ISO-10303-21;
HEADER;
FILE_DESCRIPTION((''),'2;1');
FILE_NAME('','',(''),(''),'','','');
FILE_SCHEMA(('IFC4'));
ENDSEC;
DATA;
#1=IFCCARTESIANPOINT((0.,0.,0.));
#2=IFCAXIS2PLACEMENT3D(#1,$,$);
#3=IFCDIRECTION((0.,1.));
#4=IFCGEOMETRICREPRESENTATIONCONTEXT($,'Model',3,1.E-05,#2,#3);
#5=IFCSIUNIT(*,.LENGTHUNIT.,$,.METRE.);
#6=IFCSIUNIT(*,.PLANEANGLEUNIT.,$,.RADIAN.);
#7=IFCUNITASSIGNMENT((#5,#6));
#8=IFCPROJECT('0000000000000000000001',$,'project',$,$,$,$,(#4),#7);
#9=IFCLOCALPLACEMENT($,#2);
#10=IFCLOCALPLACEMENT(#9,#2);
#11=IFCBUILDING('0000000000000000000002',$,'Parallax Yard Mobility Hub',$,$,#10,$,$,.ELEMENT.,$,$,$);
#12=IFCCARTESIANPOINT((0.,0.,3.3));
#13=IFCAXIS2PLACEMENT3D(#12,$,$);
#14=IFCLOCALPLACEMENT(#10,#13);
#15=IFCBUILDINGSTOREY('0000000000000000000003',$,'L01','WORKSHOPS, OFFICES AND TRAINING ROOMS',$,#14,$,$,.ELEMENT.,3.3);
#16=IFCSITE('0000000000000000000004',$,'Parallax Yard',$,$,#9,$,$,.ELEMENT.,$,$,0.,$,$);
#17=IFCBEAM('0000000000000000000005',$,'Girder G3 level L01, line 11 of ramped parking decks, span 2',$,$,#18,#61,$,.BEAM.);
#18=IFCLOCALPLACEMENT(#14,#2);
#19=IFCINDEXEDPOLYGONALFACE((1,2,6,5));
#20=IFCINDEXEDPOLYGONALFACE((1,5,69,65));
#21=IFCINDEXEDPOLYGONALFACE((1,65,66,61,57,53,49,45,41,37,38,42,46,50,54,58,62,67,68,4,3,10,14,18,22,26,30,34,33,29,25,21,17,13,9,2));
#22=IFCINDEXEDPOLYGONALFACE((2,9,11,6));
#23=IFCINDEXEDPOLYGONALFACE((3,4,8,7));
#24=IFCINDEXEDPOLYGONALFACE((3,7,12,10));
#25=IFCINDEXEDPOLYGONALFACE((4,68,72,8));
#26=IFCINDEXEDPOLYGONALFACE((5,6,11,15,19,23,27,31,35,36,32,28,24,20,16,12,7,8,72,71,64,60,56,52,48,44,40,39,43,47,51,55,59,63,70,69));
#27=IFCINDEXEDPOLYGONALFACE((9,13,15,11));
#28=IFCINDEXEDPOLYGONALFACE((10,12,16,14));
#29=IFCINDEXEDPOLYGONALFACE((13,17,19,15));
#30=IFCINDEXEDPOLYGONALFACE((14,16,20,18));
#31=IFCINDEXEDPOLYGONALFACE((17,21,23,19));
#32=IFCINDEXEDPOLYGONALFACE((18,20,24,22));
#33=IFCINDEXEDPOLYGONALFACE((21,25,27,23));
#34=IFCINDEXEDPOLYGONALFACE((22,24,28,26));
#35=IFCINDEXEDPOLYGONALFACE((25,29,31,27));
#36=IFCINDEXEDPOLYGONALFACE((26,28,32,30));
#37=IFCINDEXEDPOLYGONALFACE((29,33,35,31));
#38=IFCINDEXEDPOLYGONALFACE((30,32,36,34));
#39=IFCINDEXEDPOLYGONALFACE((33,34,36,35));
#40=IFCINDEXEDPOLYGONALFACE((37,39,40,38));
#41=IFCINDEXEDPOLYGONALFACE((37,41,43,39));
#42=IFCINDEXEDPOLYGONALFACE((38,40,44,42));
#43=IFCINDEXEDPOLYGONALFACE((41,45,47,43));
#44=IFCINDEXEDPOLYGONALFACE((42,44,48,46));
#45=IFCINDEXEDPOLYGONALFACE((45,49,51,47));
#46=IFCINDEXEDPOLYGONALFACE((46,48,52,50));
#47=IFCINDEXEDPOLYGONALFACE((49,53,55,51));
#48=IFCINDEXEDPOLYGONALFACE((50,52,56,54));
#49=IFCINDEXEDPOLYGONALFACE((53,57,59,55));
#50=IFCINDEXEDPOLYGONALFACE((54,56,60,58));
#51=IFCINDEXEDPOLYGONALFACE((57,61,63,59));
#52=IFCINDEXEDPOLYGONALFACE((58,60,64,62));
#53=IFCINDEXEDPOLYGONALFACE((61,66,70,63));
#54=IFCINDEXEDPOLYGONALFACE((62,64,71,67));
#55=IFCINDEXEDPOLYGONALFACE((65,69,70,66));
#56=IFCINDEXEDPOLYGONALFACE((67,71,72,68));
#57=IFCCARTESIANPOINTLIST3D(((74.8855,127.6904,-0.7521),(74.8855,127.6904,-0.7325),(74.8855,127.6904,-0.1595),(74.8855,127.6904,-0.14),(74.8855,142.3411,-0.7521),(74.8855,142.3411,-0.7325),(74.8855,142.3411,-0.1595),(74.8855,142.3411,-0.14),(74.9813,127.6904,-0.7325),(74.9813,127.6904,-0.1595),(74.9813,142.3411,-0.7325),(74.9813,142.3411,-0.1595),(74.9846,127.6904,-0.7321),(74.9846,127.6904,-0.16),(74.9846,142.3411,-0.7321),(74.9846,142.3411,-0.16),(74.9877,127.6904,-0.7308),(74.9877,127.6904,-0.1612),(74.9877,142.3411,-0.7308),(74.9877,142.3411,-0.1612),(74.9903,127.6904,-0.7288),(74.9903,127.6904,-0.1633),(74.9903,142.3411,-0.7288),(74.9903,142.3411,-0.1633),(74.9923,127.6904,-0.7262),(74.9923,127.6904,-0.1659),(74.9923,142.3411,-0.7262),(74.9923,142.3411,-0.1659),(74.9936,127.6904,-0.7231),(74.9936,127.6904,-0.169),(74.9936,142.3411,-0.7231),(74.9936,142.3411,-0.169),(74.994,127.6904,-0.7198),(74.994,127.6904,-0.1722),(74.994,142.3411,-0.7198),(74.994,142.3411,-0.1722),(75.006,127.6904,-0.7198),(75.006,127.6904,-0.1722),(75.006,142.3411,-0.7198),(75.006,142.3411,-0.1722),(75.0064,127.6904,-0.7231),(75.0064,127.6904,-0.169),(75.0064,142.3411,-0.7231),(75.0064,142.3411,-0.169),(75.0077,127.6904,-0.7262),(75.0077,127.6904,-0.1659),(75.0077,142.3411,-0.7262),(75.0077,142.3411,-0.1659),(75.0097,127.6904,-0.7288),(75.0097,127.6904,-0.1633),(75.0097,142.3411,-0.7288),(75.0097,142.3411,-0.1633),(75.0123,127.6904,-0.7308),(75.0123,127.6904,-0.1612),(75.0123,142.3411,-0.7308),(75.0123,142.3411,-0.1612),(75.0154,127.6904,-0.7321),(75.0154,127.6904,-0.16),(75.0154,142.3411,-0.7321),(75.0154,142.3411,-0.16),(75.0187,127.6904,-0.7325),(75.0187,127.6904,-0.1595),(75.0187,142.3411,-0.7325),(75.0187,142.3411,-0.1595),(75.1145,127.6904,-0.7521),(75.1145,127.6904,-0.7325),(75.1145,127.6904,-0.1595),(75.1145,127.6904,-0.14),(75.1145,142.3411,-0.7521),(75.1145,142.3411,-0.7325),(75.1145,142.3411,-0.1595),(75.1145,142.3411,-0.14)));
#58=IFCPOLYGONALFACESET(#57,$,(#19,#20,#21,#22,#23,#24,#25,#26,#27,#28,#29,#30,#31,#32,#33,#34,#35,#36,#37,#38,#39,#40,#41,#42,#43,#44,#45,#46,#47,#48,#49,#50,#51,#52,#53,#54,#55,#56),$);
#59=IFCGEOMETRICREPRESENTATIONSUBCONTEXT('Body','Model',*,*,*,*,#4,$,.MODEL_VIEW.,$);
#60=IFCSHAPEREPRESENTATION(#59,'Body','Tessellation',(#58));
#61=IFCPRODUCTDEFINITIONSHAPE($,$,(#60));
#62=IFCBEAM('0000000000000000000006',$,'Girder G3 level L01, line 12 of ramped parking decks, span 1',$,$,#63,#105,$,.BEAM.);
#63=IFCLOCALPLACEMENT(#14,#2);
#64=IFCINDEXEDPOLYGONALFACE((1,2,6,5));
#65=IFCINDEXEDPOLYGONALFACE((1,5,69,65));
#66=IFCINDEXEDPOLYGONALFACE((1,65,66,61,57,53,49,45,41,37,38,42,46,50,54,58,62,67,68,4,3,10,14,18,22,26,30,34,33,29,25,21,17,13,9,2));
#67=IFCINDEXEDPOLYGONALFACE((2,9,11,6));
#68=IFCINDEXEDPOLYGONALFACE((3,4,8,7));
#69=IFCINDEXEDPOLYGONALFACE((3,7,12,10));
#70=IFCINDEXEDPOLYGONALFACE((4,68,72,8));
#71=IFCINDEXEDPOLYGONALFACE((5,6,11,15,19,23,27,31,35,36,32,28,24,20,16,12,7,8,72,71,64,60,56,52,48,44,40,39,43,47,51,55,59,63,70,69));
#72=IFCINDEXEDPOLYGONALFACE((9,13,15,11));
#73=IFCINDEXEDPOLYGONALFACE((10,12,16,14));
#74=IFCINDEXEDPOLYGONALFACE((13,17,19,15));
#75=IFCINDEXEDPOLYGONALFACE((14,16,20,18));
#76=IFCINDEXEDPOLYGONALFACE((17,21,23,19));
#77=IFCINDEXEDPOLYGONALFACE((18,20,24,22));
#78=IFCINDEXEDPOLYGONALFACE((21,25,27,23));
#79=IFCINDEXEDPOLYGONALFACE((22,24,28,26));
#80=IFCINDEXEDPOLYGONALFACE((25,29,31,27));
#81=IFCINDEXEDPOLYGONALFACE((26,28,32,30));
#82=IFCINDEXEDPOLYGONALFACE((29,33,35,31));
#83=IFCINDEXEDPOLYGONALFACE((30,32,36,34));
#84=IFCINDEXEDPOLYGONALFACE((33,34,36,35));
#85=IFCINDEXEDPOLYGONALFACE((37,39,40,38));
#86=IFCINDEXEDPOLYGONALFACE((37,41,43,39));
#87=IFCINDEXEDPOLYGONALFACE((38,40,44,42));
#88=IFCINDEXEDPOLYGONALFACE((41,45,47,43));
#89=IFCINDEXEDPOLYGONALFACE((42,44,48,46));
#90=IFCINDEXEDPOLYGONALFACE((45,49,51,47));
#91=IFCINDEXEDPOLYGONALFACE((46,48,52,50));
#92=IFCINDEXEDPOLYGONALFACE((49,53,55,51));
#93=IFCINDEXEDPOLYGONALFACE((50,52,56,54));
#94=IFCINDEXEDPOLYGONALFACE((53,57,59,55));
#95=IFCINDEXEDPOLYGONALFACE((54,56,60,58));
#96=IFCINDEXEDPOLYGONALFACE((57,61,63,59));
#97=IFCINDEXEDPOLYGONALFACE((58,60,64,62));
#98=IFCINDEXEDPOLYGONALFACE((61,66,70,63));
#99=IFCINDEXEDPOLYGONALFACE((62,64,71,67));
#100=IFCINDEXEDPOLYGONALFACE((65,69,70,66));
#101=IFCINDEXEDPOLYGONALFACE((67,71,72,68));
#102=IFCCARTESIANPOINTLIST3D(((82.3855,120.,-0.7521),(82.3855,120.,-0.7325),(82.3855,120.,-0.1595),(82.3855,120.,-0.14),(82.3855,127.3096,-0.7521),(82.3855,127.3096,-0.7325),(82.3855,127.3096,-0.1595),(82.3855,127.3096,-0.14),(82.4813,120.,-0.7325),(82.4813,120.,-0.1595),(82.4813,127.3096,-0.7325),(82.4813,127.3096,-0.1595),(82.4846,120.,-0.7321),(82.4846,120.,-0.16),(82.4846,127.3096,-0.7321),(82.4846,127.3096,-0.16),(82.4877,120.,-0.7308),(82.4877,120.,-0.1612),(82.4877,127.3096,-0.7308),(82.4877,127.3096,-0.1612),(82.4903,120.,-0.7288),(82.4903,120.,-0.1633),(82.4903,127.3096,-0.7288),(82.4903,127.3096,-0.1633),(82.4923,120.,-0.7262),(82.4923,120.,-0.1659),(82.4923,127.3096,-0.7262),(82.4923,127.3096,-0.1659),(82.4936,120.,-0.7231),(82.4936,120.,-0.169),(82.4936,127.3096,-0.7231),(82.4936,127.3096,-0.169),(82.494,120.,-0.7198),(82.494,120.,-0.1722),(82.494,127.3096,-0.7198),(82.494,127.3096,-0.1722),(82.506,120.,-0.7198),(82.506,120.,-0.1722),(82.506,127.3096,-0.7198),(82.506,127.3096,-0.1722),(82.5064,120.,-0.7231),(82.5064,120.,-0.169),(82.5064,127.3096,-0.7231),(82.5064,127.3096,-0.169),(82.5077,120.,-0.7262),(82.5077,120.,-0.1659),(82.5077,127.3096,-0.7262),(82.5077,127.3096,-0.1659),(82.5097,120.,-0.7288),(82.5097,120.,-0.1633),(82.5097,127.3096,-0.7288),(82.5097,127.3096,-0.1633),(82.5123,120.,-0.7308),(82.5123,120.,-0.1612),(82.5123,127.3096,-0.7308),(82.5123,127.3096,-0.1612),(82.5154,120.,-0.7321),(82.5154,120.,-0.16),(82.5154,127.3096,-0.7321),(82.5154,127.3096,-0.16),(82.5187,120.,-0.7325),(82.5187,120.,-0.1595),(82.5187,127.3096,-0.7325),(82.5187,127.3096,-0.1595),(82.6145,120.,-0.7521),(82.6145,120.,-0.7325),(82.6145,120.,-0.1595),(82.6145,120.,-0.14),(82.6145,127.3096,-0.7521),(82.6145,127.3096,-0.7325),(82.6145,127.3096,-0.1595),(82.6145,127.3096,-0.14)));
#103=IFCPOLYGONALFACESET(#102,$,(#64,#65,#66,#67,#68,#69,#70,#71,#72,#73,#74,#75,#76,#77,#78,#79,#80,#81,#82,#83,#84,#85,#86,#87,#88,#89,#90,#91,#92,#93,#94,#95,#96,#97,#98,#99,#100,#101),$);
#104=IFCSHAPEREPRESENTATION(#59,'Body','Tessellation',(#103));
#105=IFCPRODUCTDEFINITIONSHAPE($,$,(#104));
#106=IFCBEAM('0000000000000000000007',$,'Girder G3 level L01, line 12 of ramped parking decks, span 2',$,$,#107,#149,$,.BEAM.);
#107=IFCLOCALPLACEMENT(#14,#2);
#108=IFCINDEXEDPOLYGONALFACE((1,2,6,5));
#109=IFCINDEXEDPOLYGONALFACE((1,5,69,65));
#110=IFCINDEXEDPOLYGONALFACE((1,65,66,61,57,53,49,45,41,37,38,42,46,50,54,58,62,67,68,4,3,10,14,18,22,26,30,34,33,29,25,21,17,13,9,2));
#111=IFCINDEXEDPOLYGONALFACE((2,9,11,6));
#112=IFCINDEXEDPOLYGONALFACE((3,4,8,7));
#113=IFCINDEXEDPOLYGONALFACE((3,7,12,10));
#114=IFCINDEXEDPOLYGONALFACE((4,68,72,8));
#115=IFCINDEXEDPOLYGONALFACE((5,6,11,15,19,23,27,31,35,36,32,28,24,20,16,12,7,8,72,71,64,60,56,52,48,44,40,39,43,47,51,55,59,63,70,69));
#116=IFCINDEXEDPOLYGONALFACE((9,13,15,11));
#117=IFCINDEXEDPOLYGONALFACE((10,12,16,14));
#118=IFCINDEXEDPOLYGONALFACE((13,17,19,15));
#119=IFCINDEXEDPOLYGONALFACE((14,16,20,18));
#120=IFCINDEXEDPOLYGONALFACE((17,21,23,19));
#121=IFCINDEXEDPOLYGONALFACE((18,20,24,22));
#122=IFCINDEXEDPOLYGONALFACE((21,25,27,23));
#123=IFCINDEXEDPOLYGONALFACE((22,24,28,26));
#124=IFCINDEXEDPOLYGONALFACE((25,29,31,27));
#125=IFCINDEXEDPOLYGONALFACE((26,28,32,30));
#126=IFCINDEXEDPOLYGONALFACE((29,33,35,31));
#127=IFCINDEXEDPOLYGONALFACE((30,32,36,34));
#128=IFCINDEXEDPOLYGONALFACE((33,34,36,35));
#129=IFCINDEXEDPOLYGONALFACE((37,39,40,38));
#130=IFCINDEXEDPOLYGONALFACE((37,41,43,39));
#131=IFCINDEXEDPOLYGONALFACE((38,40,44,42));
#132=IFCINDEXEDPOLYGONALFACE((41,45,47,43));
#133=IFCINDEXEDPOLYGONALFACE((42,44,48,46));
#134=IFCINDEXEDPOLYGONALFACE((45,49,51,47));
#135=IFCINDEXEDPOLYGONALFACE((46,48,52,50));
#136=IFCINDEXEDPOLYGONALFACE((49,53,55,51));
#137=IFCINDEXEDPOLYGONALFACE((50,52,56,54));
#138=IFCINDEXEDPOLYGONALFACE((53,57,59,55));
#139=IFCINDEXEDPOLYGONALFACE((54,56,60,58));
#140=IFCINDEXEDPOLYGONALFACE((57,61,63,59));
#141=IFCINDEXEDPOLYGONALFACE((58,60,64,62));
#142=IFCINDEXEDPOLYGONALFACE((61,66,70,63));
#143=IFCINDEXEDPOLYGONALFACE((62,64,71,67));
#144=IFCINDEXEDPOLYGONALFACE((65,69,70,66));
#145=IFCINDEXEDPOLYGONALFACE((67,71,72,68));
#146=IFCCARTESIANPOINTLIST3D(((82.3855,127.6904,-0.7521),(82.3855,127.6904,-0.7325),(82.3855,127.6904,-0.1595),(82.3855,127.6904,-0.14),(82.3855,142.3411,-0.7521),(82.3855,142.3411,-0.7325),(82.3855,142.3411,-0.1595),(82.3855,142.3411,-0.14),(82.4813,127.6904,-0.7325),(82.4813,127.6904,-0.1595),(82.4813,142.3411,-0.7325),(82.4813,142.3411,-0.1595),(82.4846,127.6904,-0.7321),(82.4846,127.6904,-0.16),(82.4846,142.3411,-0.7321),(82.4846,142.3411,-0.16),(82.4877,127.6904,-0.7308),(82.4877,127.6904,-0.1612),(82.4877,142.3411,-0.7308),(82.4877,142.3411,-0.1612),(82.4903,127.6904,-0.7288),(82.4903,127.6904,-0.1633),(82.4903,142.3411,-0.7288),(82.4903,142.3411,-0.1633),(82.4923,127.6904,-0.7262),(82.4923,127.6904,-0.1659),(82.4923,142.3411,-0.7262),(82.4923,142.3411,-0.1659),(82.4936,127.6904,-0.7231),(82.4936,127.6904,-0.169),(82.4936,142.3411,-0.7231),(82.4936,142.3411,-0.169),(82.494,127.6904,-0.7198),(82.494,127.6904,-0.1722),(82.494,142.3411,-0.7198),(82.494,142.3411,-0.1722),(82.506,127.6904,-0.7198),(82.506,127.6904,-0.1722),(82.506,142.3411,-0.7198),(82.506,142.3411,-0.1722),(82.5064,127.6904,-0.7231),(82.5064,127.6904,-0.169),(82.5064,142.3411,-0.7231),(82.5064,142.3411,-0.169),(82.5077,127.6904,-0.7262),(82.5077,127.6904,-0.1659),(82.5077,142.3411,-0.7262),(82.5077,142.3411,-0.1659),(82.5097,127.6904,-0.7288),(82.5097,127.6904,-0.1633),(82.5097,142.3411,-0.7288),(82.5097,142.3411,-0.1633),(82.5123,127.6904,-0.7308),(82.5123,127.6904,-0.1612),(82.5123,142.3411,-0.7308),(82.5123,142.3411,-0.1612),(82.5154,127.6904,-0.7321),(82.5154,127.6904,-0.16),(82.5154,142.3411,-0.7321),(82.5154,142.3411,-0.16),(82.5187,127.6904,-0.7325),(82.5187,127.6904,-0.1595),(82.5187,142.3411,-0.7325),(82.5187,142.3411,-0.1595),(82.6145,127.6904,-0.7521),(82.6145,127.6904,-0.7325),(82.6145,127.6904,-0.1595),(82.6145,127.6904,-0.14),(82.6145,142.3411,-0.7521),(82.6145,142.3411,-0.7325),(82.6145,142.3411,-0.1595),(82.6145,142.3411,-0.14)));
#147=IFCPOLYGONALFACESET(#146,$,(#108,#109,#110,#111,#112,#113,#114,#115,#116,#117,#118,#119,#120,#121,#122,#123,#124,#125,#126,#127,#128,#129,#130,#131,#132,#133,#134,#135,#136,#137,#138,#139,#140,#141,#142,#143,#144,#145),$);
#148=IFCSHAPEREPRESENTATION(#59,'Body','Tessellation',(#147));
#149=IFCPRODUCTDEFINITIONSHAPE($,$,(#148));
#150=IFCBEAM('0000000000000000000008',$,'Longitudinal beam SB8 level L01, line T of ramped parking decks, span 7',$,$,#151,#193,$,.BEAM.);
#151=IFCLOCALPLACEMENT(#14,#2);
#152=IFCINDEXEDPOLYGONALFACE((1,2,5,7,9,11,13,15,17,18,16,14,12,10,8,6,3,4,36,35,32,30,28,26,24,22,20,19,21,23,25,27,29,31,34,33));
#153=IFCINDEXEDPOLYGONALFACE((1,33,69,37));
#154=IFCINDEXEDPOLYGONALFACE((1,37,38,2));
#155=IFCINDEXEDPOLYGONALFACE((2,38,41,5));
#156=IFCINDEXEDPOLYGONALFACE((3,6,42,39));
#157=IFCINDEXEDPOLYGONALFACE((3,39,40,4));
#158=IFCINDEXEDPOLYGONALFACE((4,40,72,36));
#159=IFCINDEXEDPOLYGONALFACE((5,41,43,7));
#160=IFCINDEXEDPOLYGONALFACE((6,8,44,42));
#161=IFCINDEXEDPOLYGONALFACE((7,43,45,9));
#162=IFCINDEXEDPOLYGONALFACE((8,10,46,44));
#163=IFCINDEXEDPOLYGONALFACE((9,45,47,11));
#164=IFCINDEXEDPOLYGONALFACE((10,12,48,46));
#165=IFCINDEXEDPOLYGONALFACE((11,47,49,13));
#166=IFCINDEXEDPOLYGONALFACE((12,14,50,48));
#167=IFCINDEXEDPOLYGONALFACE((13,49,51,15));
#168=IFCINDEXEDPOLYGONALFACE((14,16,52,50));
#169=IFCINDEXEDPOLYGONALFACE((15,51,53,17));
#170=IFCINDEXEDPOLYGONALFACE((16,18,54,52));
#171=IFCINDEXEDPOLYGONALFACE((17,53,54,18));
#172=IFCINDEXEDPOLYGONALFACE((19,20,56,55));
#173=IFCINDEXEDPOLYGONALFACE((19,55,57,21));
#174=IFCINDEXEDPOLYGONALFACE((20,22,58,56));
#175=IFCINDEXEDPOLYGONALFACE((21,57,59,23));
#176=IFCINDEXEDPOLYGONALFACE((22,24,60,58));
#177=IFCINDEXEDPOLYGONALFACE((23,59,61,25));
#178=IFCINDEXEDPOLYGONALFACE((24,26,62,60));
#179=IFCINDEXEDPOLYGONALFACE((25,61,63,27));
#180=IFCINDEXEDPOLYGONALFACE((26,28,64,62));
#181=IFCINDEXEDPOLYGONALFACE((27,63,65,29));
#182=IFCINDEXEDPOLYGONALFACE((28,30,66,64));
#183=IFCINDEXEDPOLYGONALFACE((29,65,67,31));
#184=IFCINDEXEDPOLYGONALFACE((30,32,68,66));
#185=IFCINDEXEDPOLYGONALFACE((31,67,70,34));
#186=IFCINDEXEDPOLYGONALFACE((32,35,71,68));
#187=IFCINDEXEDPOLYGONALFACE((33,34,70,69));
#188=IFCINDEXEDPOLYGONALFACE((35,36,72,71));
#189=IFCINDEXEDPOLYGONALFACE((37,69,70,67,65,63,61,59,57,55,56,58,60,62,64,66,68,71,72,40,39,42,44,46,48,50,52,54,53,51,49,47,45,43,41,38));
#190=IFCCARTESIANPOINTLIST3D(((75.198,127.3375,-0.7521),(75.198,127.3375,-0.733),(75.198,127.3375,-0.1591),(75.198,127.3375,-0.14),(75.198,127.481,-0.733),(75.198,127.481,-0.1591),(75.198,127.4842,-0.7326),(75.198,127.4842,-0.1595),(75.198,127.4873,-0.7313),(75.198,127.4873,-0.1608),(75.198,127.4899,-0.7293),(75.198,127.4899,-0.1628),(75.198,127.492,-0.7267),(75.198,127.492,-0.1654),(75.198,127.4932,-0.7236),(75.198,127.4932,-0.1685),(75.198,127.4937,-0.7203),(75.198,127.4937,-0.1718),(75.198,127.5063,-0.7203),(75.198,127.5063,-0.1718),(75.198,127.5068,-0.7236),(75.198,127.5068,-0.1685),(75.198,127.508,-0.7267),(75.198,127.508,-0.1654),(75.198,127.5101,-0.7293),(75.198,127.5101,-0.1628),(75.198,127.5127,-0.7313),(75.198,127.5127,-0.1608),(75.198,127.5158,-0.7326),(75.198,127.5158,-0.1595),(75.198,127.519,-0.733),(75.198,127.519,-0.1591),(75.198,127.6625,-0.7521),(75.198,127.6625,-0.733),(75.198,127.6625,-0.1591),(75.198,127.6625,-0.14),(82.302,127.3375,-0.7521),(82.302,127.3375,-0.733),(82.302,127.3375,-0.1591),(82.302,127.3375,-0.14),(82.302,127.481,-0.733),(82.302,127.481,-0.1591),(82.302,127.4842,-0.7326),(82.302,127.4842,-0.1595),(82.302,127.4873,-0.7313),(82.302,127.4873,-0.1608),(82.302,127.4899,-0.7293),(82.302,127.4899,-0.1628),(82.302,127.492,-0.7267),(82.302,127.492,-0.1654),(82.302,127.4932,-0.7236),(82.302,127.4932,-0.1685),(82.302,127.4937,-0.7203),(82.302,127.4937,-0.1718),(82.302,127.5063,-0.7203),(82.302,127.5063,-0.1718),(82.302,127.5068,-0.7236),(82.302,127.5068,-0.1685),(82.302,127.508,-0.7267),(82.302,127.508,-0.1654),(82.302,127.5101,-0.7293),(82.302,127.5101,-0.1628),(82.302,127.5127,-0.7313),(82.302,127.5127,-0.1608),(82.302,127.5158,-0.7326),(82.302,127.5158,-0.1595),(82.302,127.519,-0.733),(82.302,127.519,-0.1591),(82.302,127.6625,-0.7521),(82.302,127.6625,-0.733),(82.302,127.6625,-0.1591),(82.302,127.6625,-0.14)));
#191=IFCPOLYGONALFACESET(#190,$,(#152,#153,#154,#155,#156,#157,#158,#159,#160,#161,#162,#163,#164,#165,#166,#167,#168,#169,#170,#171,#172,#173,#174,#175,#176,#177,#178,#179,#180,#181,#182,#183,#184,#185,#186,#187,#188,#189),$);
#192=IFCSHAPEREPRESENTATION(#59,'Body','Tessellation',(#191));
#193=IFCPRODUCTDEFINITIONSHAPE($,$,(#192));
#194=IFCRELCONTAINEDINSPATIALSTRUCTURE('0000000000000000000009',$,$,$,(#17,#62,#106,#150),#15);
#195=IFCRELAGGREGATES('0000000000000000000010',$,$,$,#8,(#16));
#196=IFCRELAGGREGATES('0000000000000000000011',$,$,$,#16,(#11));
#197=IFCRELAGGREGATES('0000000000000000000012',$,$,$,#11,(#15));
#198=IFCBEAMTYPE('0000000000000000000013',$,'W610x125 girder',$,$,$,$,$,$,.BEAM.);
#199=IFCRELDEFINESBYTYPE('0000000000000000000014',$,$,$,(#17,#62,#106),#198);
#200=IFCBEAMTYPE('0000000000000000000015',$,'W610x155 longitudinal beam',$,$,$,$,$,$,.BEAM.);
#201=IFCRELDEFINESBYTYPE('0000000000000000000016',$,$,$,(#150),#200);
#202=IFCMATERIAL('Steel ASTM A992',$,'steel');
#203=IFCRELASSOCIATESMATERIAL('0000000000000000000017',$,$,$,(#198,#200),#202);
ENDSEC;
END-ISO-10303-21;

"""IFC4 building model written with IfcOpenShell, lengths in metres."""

from ifc_helpers import new_model, si_unit, direction, frame, origin, origin_2d, place, context, subcontext, project, spatial, i_section, extrude, material, material_profile, profile_set, type_object, element, save


model = new_model("IFC4")

# Units and contexts
model_context = context("Model", 3, precision=1e-05, world=origin(), true_north=direction((0.0, 1.0)))
body_context = subcontext(model_context, "Body", "Model", "MODEL_VIEW")
ifc_project = project(units=[si_unit("LENGTHUNIT", "METRE"), si_unit("PLANEANGLEUNIT", "RADIAN")], contexts=[model_context])

# Site, building, storey
site_placement = place(None, origin())
site = spatial("IfcSite", under=ifc_project, at=site_placement, Name="Parallax Yard", CompositionType="ELEMENT", RefElevation=0.0)
building_placement = place(site_placement, origin())
building = spatial("IfcBuilding", under=site, at=building_placement, Name="Parallax Yard Mobility Hub", CompositionType="ELEMENT")
storey_placement = place(building_placement, frame((0.0, 0.0, 3.3)))
storey = spatial("IfcBuildingStorey", under=building, at=storey_placement, Name="L01", Description="WORKSHOPS, OFFICES AND TRAINING ROOMS", CompositionType="ELEMENT", Elevation=3.3)

# Shared definitions
ifc_material_1 = material(Name="Steel ASTM A992", Category="steel")

# Beams
ifc_material_profile_1 = material_profile(ifc_material_1, i_section(OverallWidth=0.229, OverallDepth=0.6121, WebThickness=0.012, FlangeThickness=0.0195, FilletRadius=0.0127, at=origin_2d()), Name="W610x125")
ifc_profile_set_1 = profile_set([ifc_material_profile_1], Name="Steel ASTM A992")
beam_type_1 = type_object("IfcBeamType", Name="W610x125 girder", PredefinedType="BEAM", material=ifc_profile_set_1)
beam_1_placement = place(storey_placement, frame((75.0, 127.6904, -0.446), z_axis=(0.0, 1.0, 0.0), x_axis=(-1.0, 0.0, 0.0)))
element("IfcBeam", 1, at=beam_1_placement, inside=storey, type_object=beam_type_1, Name="Girder G3 level L01, line 11 of ramped parking decks, span 2", PredefinedType="BEAM", context=body_context, shape_type="SweptSolid", body=[
    extrude(i_section(OverallWidth=0.229, OverallDepth=0.6121, WebThickness=0.012, FlangeThickness=0.0195, FilletRadius=0.0127, at=origin_2d()), origin(), (0.0, 0.0, 1.0), 14.6506),
])
beam_2_placement = place(storey_placement, frame((82.5, 120.0, -0.446), z_axis=(0.0, 1.0, 0.0), x_axis=(-1.0, 0.0, 0.0)))
element("IfcBeam", 2, at=beam_2_placement, inside=storey, type_object=beam_type_1, Name="Girder G3 level L01, line 12 of ramped parking decks, span 1", PredefinedType="BEAM", context=body_context, shape_type="SweptSolid", body=[
    extrude(i_section(OverallWidth=0.229, OverallDepth=0.6121, WebThickness=0.012, FlangeThickness=0.0195, FilletRadius=0.0127, at=origin_2d()), origin(), (0.0, 0.0, 1.0), 7.3096),
])
beam_3_placement = place(storey_placement, frame((82.5, 127.6904, -0.446), z_axis=(0.0, 1.0, 0.0), x_axis=(-1.0, 0.0, 0.0)))
element("IfcBeam", 3, at=beam_3_placement, inside=storey, type_object=beam_type_1, Name="Girder G3 level L01, line 12 of ramped parking decks, span 2", PredefinedType="BEAM", context=body_context, shape_type="SweptSolid", body=[
    extrude(i_section(OverallWidth=0.229, OverallDepth=0.6121, WebThickness=0.012, FlangeThickness=0.0195, FilletRadius=0.0127, at=origin_2d()), origin(), (0.0, 0.0, 1.0), 14.6506),
])
ifc_material_profile_2 = material_profile(ifc_material_1, i_section(OverallWidth=0.325, OverallDepth=0.6121, WebThickness=0.0127, FlangeThickness=0.019, FilletRadius=0.0127, at=origin_2d()), Name="W610x155")
ifc_profile_set_2 = profile_set([ifc_material_profile_2], Name="Steel ASTM A992")
beam_type_2 = type_object("IfcBeamType", Name="W610x155 longitudinal beam", PredefinedType="BEAM", material=ifc_profile_set_2)
beam_4_placement = place(storey_placement, frame((75.198, 127.5, -0.446), z_axis=(1.0, 0.0, 0.0), x_axis=(0.0, 1.0, 0.0)))
element("IfcBeam", 4, at=beam_4_placement, inside=storey, type_object=beam_type_2, Name="Longitudinal beam SB8 level L01, line T of ramped parking decks, span 7", PredefinedType="BEAM", context=body_context, shape_type="SweptSolid", body=[
    extrude(i_section(OverallWidth=0.325, OverallDepth=0.6121, WebThickness=0.0127, FlangeThickness=0.019, FilletRadius=0.0127, at=origin_2d()), origin(), (0.0, 0.0, 1.0), 7.104),
])

save(model, "model.ifc")
